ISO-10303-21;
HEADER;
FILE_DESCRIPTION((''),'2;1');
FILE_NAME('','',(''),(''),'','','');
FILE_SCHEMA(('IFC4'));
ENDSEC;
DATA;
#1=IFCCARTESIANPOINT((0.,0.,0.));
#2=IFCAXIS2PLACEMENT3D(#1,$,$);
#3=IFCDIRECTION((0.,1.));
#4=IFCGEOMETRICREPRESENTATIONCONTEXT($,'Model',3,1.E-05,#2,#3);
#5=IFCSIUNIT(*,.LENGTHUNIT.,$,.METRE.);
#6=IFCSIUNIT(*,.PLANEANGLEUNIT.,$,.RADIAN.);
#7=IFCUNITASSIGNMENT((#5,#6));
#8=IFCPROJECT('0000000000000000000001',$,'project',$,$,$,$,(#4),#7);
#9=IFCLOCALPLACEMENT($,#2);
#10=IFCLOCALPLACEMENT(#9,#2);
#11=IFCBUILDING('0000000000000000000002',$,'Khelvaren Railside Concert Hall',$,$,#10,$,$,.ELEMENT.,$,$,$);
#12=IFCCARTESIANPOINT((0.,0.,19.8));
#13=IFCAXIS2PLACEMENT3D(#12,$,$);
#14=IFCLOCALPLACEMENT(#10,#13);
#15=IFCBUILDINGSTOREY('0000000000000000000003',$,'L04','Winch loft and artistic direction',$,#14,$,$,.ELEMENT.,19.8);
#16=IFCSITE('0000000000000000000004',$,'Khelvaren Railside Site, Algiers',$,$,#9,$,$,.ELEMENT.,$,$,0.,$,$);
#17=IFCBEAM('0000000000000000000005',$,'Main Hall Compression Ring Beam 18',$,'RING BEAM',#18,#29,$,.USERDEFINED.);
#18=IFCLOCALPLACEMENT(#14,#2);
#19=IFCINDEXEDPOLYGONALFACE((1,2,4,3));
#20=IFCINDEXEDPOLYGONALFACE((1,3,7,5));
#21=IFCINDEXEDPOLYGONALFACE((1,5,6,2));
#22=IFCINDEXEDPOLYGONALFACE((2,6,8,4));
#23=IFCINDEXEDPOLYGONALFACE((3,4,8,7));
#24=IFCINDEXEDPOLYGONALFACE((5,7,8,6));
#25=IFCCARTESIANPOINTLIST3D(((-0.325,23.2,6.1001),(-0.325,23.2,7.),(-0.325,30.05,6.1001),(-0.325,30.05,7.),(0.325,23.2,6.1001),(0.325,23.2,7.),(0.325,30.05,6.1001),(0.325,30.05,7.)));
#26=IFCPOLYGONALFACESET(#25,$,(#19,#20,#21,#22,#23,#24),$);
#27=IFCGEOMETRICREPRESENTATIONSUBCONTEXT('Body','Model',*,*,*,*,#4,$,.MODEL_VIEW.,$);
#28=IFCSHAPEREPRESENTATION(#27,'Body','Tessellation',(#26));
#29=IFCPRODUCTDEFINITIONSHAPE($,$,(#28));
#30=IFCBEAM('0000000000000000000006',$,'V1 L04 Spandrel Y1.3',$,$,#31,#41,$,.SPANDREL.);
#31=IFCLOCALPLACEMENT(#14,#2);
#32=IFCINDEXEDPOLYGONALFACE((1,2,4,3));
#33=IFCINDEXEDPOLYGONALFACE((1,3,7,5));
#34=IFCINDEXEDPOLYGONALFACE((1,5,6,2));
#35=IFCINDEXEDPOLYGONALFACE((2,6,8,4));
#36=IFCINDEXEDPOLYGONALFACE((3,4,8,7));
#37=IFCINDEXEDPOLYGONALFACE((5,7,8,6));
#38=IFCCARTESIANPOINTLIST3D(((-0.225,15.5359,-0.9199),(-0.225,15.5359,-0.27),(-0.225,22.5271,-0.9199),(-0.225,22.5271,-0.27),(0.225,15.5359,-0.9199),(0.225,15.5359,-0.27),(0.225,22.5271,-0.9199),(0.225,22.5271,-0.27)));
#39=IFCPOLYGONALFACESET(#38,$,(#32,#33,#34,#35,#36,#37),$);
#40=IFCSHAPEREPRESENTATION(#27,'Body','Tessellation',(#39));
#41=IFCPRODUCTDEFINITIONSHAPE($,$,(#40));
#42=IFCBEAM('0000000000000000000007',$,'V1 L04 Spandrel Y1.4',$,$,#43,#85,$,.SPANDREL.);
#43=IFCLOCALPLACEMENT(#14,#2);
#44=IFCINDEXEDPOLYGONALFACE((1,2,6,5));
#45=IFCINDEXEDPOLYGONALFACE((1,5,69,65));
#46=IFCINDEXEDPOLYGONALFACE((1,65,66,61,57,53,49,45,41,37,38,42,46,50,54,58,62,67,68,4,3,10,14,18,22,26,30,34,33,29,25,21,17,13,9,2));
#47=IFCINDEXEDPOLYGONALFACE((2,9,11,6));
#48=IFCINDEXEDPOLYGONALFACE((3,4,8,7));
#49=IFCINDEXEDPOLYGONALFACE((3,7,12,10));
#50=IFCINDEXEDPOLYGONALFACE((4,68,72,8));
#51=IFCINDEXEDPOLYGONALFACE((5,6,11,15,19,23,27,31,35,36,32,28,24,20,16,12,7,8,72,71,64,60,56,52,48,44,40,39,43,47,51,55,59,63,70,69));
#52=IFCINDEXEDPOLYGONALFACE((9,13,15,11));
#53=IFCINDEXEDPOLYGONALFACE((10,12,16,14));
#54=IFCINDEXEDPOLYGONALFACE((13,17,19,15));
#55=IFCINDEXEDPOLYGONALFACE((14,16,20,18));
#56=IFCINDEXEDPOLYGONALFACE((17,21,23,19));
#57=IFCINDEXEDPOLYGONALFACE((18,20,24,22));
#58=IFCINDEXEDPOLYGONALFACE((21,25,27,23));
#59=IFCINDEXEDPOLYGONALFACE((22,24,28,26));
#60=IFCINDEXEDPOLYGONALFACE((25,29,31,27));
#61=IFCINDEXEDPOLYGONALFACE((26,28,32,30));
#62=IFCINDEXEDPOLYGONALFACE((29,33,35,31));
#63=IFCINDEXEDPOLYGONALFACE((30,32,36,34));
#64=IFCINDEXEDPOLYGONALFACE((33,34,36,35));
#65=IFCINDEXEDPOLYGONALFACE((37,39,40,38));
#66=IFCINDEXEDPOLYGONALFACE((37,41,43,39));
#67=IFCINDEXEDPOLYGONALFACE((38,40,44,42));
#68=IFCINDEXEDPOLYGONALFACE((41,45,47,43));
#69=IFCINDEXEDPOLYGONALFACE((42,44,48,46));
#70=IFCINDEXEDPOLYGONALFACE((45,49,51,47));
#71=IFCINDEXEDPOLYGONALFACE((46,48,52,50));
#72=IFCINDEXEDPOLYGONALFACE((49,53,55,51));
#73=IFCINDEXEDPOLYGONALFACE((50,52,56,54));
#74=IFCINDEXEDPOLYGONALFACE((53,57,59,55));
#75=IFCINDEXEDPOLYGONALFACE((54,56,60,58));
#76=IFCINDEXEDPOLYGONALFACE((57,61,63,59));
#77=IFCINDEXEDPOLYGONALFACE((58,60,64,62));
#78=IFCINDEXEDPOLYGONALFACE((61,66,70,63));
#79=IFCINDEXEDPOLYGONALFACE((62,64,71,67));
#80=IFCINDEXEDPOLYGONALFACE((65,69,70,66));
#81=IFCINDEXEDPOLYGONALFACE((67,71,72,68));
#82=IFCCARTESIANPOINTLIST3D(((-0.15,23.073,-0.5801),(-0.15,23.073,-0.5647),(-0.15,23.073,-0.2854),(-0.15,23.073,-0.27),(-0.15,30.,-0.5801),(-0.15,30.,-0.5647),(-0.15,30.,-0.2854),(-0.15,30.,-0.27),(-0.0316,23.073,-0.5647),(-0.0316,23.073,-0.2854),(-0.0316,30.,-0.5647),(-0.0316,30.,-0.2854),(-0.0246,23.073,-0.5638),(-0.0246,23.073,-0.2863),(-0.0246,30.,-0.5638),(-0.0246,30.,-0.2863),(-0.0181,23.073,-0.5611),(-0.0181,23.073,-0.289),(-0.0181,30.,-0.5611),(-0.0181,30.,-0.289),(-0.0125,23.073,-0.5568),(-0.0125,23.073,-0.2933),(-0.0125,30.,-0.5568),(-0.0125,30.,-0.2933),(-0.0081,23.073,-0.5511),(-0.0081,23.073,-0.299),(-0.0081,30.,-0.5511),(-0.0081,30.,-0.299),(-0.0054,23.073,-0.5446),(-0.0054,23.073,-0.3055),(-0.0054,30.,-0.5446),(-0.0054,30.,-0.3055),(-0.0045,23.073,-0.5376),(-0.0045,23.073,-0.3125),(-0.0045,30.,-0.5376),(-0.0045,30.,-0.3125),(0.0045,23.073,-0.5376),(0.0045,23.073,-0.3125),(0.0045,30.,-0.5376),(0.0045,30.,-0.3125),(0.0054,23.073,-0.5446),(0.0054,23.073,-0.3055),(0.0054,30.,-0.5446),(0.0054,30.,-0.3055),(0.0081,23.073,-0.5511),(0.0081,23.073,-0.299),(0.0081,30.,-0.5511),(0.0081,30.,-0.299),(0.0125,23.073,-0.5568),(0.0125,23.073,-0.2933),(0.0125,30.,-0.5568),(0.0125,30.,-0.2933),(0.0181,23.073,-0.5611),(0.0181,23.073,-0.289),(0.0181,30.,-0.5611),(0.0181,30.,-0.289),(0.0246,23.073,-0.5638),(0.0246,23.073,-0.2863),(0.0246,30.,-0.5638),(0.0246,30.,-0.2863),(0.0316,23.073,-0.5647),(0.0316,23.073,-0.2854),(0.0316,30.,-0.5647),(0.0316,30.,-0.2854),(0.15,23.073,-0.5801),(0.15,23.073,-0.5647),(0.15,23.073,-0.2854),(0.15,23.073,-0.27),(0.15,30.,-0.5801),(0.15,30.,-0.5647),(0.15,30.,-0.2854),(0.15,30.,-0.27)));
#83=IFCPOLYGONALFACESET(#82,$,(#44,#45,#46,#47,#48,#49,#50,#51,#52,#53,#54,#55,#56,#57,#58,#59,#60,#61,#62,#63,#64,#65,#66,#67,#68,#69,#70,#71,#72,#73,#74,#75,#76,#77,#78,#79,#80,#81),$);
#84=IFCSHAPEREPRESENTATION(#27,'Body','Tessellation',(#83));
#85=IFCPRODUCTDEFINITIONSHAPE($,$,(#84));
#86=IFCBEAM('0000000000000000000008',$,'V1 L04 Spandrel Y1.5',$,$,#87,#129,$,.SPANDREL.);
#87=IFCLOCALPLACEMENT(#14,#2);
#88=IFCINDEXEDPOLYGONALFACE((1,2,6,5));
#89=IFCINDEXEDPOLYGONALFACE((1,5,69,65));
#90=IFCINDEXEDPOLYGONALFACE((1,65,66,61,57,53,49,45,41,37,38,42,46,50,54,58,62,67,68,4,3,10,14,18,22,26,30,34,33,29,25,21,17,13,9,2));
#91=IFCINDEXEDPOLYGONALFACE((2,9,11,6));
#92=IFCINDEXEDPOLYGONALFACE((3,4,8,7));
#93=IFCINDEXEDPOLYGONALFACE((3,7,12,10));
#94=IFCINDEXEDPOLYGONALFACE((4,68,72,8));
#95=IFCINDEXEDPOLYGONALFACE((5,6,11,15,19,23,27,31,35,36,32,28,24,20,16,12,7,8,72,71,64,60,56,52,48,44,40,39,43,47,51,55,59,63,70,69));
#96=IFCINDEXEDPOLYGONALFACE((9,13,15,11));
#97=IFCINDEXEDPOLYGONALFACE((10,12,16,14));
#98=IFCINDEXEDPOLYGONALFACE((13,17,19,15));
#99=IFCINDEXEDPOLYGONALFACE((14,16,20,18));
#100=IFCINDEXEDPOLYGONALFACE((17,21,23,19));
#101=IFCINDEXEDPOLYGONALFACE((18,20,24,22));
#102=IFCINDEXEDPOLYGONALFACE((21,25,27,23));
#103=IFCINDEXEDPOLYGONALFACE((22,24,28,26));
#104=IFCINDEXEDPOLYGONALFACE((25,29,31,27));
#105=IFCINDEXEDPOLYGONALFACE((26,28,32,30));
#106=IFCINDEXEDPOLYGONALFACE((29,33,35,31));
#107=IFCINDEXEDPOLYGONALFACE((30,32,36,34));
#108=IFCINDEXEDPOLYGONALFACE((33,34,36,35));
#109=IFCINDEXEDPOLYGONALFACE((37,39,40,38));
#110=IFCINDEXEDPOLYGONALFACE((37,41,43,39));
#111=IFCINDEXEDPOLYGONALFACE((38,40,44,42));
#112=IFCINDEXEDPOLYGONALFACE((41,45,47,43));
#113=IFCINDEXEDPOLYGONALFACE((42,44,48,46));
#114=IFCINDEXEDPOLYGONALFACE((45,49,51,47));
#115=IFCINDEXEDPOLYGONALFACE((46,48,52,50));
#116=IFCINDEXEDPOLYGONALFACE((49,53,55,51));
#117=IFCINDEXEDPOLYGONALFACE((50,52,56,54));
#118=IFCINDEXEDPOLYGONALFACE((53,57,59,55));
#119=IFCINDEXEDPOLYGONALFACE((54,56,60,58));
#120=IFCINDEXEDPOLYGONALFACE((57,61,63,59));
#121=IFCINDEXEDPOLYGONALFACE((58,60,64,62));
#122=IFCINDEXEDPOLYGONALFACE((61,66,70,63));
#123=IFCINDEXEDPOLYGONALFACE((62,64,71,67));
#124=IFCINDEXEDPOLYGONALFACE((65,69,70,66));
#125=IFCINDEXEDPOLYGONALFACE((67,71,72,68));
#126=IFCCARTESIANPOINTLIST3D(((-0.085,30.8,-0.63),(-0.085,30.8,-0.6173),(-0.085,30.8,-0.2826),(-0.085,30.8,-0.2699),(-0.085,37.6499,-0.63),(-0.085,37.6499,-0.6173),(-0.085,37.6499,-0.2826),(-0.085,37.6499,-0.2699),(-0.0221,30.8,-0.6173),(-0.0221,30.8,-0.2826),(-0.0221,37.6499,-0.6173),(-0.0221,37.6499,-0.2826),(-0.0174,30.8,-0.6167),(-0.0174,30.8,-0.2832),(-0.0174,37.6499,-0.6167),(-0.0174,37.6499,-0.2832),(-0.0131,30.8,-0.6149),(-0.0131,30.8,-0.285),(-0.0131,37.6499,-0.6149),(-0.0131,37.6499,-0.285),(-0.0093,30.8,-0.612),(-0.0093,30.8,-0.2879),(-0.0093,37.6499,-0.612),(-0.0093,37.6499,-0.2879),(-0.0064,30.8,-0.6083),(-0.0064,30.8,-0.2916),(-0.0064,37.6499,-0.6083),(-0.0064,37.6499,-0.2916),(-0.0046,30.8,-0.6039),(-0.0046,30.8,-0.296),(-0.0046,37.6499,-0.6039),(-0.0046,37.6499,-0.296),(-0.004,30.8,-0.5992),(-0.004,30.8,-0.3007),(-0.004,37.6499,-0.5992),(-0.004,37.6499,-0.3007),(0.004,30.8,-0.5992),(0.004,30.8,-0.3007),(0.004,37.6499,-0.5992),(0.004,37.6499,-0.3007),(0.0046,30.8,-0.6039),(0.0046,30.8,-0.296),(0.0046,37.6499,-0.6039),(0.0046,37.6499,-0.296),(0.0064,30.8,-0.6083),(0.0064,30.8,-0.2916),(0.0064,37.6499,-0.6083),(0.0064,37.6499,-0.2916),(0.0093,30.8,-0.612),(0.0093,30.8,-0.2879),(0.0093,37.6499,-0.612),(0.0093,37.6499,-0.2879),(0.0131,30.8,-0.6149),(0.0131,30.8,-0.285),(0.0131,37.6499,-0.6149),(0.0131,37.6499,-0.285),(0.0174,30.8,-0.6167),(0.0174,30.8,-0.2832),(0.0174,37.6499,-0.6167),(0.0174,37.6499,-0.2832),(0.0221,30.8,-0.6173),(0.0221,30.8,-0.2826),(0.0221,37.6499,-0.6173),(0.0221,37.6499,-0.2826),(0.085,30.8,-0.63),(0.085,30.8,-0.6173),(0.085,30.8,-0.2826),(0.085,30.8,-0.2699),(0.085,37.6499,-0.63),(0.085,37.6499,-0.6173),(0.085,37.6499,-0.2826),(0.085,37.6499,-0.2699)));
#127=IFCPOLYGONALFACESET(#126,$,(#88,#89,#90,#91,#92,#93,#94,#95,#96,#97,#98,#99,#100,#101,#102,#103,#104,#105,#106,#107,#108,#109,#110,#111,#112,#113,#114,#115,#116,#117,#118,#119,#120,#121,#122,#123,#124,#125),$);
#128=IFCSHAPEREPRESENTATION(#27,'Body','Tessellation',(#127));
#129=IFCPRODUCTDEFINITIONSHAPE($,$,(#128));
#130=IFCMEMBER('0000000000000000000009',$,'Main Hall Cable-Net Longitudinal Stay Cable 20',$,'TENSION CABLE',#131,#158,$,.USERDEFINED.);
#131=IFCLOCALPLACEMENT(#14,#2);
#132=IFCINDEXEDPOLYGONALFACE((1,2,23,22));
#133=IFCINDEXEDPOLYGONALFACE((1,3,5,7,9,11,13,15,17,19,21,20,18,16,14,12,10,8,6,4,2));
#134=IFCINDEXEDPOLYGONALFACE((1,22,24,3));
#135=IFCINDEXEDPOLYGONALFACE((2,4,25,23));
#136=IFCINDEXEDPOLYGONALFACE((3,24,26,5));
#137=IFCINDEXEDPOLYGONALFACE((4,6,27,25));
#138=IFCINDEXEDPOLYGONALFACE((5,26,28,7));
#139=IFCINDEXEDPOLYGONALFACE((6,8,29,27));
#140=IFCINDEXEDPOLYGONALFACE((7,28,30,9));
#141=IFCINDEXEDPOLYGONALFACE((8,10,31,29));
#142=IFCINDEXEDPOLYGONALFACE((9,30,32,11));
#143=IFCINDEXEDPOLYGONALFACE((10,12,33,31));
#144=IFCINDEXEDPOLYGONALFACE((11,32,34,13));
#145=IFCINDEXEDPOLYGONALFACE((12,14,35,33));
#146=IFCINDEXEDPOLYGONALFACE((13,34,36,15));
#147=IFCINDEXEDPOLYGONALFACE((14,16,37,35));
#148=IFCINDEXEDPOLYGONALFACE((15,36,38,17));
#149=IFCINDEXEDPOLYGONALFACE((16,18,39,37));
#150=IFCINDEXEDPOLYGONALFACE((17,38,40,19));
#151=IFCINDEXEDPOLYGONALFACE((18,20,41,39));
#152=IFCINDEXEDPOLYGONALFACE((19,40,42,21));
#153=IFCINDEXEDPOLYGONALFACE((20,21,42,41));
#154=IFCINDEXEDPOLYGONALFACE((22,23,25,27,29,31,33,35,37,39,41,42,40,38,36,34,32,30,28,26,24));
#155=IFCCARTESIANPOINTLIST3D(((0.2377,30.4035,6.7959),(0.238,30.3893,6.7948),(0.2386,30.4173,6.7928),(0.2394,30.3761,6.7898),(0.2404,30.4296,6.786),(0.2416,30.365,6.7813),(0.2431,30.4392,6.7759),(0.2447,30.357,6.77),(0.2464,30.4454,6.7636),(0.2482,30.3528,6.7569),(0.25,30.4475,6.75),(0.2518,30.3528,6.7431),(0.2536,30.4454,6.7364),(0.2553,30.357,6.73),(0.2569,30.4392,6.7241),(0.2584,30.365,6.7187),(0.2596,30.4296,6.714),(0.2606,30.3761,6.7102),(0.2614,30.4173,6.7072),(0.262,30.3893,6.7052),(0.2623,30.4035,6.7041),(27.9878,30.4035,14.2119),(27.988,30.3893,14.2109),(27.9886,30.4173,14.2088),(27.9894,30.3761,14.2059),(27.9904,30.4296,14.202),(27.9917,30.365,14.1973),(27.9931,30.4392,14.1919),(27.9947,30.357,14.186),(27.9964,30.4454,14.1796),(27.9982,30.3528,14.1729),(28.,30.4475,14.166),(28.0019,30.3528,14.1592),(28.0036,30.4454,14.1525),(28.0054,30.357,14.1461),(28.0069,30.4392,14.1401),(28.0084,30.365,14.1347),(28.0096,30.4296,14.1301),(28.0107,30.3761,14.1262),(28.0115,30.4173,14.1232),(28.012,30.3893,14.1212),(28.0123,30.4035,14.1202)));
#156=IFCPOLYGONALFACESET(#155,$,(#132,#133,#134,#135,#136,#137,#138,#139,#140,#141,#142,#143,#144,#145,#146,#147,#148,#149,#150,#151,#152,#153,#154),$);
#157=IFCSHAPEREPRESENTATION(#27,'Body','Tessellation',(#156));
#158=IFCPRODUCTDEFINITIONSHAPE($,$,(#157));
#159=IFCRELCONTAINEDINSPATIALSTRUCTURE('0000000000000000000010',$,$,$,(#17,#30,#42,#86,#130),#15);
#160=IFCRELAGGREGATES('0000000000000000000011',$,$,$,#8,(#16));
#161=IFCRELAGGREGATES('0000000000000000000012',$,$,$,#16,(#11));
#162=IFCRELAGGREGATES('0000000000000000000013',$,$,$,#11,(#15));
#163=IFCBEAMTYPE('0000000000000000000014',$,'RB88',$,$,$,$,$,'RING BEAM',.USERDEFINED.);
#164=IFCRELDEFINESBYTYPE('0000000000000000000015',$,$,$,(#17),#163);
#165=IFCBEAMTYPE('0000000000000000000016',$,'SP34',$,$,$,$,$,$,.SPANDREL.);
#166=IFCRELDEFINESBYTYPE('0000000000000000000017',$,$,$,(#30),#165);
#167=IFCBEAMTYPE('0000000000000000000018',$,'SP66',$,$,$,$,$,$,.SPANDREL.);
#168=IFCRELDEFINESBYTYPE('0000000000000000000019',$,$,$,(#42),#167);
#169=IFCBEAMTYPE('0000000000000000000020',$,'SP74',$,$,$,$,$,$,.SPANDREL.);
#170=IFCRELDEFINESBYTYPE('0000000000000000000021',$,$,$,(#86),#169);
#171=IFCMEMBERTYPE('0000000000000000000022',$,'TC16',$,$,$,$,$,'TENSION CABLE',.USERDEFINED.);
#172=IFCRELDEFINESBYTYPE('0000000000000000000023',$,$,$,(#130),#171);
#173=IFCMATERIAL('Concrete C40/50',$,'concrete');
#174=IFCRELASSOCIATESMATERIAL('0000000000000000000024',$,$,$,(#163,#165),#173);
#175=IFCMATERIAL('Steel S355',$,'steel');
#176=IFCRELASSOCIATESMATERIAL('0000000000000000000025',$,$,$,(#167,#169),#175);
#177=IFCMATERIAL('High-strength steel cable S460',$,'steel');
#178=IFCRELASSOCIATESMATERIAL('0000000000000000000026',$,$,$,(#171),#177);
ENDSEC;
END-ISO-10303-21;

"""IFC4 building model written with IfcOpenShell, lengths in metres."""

from ifc_helpers import new_model, si_unit, direction, frame, origin, origin_2d, place, context, subcontext, project, spatial, rectangle, circle, i_section, extrude, material, material_profile, profile_set, type_object, element, save


model = new_model("IFC4")

# Units and contexts
model_context = context("Model", 3, precision=1e-05, world=origin(), true_north=direction((0.0, 1.0)))
body_context = subcontext(model_context, "Body", "Model", "MODEL_VIEW")
ifc_project = project(units=[si_unit("LENGTHUNIT", "METRE"), si_unit("PLANEANGLEUNIT", "RADIAN")], contexts=[model_context])

# Site, building, storey
site_placement = place(None, origin())
site = spatial("IfcSite", under=ifc_project, at=site_placement, Name="Khelvaren Railside Site, Algiers", CompositionType="ELEMENT", RefElevation=0.0)
building_placement = place(site_placement, origin())
building = spatial("IfcBuilding", under=site, at=building_placement, Name="Khelvaren Railside Concert Hall", CompositionType="ELEMENT")
storey_placement = place(building_placement, frame((0.0, 0.0, 19.8)))
storey = spatial("IfcBuildingStorey", under=building, at=storey_placement, Name="L04", Description="Winch loft and artistic direction", CompositionType="ELEMENT", Elevation=19.8)

# Shared definitions
ifc_material_1 = material(Name="Steel S355", Category="steel")
ifc_material_2 = material(Name="Concrete C40/50", Category="concrete")

# Beams
ifc_material_profile_1 = material_profile(ifc_material_2, rectangle(XDim=0.6499, YDim=0.8999, at=origin_2d()), Name="RCB 650x900")
ifc_profile_set_1 = profile_set([ifc_material_profile_1], Name="Concrete C40/50")
beam_type_1 = type_object("IfcBeamType", Name="RB88", ElementType="RING BEAM", PredefinedType="USERDEFINED", material=ifc_profile_set_1)
beam_1_placement = place(storey_placement, frame((0.0, 23.2, 6.55), z_axis=(0.0, 1.0, 0.0), x_axis=(-1.0, 0.0, 0.0)))
element("IfcBeam", 1, at=beam_1_placement, inside=storey, type_object=beam_type_1, Name="Main Hall Compression Ring Beam 18", ObjectType="RING BEAM", PredefinedType="USERDEFINED", context=body_context, shape_type="SweptSolid", body=[
    extrude(rectangle(XDim=0.6499, YDim=0.8999, at=origin_2d()), origin(), (0.0, 0.0, 1.0), 6.8501),
])
ifc_material_profile_2 = material_profile(ifc_material_2, rectangle(XDim=0.45, YDim=0.6499, at=origin_2d()), Name="RCB 450x650")
ifc_profile_set_2 = profile_set([ifc_material_profile_2], Name="Concrete C40/50")
beam_type_2 = type_object("IfcBeamType", Name="SP34", PredefinedType="SPANDREL", material=ifc_profile_set_2)
beam_2_placement = place(storey_placement, frame((0.0, 15.5359, -0.595), z_axis=(0.0, 1.0, 0.0), x_axis=(-1.0, 0.0, 0.0)))
element("IfcBeam", 2, at=beam_2_placement, inside=storey, type_object=beam_type_2, Name="V1 L04 Spandrel Y1.3", PredefinedType="SPANDREL", context=body_context, shape_type="SweptSolid", body=[
    extrude(rectangle(XDim=0.45, YDim=0.6499, at=origin_2d()), origin(), (0.0, 0.0, 1.0), 6.9912),
])
ifc_material_profile_3 = material_profile(ifc_material_1, i_section(OverallWidth=0.3, OverallDepth=0.3101, WebThickness=0.009, FlangeThickness=0.0154, FilletRadius=0.0271, at=origin_2d()), Name="HEA 320")
ifc_profile_set_3 = profile_set([ifc_material_profile_3], Name="Steel S355")
beam_type_3 = type_object("IfcBeamType", Name="SP66", PredefinedType="SPANDREL", material=ifc_profile_set_3)
beam_3_placement = place(storey_placement, frame((0.0, 23.073, -0.425), z_axis=(0.0, 1.0, 0.0), x_axis=(-1.0, 0.0, 0.0)))
element("IfcBeam", 3, at=beam_3_placement, inside=storey, type_object=beam_type_3, Name="V1 L04 Spandrel Y1.4", PredefinedType="SPANDREL", context=body_context, shape_type="SweptSolid", body=[
    extrude(i_section(OverallWidth=0.3, OverallDepth=0.3101, WebThickness=0.009, FlangeThickness=0.0154, FilletRadius=0.0271, at=origin_2d()), origin(), (0.0, 0.0, 1.0), 6.927),
])
ifc_material_profile_4 = material_profile(ifc_material_1, i_section(OverallWidth=0.1699, OverallDepth=0.3601, WebThickness=0.0081, FlangeThickness=0.0127, FilletRadius=0.0181, at=origin_2d()), Name="IPE 360")
ifc_profile_set_4 = profile_set([ifc_material_profile_4], Name="Steel S355")
beam_type_4 = type_object("IfcBeamType", Name="SP74", PredefinedType="SPANDREL", material=ifc_profile_set_4)
beam_4_placement = place(storey_placement, frame((0.0, 30.8, -0.45), z_axis=(0.0, 1.0, 0.0), x_axis=(-1.0, 0.0, 0.0)))
element("IfcBeam", 4, at=beam_4_placement, inside=storey, type_object=beam_type_4, Name="V1 L04 Spandrel Y1.5", PredefinedType="SPANDREL", context=body_context, shape_type="SweptSolid", body=[
    extrude(i_section(OverallWidth=0.1699, OverallDepth=0.3601, WebThickness=0.0081, FlangeThickness=0.0127, FilletRadius=0.0181, at=origin_2d()), origin(), (0.0, 0.0, 1.0), 6.8499),
])

# Member
ifc_material_3 = material(Name="High-strength steel cable S460", Category="steel")
ifc_material_profile_5 = material_profile(ifc_material_3, circle(Radius=0.0476, at=origin_2d()), Name="LCB D95")
ifc_profile_set_5 = profile_set([ifc_material_profile_5], Name="High-strength steel cable S460")
member_type_1 = type_object("IfcMemberType", Name="TC16", ElementType="TENSION CABLE", PredefinedType="USERDEFINED", material=ifc_profile_set_5)
member_1_placement = place(storey_placement, frame((0.25, 30.3999, 6.75), z_axis=(0.966096, 0.0, 0.258183), x_axis=(0.0, 1.0, 0.0)))
element("IfcMember", 5, at=member_1_placement, inside=storey, type_object=member_type_1, Name="Main Hall Cable-Net Longitudinal Stay Cable 20", ObjectType="TENSION CABLE", PredefinedType="USERDEFINED", context=body_context, shape_type="SweptSolid", body=[
    extrude(circle(Radius=0.0476, at=origin_2d()), origin(), (0.0, 0.0, 1.0), 28.7239),
])

save(model, "model.ifc")
